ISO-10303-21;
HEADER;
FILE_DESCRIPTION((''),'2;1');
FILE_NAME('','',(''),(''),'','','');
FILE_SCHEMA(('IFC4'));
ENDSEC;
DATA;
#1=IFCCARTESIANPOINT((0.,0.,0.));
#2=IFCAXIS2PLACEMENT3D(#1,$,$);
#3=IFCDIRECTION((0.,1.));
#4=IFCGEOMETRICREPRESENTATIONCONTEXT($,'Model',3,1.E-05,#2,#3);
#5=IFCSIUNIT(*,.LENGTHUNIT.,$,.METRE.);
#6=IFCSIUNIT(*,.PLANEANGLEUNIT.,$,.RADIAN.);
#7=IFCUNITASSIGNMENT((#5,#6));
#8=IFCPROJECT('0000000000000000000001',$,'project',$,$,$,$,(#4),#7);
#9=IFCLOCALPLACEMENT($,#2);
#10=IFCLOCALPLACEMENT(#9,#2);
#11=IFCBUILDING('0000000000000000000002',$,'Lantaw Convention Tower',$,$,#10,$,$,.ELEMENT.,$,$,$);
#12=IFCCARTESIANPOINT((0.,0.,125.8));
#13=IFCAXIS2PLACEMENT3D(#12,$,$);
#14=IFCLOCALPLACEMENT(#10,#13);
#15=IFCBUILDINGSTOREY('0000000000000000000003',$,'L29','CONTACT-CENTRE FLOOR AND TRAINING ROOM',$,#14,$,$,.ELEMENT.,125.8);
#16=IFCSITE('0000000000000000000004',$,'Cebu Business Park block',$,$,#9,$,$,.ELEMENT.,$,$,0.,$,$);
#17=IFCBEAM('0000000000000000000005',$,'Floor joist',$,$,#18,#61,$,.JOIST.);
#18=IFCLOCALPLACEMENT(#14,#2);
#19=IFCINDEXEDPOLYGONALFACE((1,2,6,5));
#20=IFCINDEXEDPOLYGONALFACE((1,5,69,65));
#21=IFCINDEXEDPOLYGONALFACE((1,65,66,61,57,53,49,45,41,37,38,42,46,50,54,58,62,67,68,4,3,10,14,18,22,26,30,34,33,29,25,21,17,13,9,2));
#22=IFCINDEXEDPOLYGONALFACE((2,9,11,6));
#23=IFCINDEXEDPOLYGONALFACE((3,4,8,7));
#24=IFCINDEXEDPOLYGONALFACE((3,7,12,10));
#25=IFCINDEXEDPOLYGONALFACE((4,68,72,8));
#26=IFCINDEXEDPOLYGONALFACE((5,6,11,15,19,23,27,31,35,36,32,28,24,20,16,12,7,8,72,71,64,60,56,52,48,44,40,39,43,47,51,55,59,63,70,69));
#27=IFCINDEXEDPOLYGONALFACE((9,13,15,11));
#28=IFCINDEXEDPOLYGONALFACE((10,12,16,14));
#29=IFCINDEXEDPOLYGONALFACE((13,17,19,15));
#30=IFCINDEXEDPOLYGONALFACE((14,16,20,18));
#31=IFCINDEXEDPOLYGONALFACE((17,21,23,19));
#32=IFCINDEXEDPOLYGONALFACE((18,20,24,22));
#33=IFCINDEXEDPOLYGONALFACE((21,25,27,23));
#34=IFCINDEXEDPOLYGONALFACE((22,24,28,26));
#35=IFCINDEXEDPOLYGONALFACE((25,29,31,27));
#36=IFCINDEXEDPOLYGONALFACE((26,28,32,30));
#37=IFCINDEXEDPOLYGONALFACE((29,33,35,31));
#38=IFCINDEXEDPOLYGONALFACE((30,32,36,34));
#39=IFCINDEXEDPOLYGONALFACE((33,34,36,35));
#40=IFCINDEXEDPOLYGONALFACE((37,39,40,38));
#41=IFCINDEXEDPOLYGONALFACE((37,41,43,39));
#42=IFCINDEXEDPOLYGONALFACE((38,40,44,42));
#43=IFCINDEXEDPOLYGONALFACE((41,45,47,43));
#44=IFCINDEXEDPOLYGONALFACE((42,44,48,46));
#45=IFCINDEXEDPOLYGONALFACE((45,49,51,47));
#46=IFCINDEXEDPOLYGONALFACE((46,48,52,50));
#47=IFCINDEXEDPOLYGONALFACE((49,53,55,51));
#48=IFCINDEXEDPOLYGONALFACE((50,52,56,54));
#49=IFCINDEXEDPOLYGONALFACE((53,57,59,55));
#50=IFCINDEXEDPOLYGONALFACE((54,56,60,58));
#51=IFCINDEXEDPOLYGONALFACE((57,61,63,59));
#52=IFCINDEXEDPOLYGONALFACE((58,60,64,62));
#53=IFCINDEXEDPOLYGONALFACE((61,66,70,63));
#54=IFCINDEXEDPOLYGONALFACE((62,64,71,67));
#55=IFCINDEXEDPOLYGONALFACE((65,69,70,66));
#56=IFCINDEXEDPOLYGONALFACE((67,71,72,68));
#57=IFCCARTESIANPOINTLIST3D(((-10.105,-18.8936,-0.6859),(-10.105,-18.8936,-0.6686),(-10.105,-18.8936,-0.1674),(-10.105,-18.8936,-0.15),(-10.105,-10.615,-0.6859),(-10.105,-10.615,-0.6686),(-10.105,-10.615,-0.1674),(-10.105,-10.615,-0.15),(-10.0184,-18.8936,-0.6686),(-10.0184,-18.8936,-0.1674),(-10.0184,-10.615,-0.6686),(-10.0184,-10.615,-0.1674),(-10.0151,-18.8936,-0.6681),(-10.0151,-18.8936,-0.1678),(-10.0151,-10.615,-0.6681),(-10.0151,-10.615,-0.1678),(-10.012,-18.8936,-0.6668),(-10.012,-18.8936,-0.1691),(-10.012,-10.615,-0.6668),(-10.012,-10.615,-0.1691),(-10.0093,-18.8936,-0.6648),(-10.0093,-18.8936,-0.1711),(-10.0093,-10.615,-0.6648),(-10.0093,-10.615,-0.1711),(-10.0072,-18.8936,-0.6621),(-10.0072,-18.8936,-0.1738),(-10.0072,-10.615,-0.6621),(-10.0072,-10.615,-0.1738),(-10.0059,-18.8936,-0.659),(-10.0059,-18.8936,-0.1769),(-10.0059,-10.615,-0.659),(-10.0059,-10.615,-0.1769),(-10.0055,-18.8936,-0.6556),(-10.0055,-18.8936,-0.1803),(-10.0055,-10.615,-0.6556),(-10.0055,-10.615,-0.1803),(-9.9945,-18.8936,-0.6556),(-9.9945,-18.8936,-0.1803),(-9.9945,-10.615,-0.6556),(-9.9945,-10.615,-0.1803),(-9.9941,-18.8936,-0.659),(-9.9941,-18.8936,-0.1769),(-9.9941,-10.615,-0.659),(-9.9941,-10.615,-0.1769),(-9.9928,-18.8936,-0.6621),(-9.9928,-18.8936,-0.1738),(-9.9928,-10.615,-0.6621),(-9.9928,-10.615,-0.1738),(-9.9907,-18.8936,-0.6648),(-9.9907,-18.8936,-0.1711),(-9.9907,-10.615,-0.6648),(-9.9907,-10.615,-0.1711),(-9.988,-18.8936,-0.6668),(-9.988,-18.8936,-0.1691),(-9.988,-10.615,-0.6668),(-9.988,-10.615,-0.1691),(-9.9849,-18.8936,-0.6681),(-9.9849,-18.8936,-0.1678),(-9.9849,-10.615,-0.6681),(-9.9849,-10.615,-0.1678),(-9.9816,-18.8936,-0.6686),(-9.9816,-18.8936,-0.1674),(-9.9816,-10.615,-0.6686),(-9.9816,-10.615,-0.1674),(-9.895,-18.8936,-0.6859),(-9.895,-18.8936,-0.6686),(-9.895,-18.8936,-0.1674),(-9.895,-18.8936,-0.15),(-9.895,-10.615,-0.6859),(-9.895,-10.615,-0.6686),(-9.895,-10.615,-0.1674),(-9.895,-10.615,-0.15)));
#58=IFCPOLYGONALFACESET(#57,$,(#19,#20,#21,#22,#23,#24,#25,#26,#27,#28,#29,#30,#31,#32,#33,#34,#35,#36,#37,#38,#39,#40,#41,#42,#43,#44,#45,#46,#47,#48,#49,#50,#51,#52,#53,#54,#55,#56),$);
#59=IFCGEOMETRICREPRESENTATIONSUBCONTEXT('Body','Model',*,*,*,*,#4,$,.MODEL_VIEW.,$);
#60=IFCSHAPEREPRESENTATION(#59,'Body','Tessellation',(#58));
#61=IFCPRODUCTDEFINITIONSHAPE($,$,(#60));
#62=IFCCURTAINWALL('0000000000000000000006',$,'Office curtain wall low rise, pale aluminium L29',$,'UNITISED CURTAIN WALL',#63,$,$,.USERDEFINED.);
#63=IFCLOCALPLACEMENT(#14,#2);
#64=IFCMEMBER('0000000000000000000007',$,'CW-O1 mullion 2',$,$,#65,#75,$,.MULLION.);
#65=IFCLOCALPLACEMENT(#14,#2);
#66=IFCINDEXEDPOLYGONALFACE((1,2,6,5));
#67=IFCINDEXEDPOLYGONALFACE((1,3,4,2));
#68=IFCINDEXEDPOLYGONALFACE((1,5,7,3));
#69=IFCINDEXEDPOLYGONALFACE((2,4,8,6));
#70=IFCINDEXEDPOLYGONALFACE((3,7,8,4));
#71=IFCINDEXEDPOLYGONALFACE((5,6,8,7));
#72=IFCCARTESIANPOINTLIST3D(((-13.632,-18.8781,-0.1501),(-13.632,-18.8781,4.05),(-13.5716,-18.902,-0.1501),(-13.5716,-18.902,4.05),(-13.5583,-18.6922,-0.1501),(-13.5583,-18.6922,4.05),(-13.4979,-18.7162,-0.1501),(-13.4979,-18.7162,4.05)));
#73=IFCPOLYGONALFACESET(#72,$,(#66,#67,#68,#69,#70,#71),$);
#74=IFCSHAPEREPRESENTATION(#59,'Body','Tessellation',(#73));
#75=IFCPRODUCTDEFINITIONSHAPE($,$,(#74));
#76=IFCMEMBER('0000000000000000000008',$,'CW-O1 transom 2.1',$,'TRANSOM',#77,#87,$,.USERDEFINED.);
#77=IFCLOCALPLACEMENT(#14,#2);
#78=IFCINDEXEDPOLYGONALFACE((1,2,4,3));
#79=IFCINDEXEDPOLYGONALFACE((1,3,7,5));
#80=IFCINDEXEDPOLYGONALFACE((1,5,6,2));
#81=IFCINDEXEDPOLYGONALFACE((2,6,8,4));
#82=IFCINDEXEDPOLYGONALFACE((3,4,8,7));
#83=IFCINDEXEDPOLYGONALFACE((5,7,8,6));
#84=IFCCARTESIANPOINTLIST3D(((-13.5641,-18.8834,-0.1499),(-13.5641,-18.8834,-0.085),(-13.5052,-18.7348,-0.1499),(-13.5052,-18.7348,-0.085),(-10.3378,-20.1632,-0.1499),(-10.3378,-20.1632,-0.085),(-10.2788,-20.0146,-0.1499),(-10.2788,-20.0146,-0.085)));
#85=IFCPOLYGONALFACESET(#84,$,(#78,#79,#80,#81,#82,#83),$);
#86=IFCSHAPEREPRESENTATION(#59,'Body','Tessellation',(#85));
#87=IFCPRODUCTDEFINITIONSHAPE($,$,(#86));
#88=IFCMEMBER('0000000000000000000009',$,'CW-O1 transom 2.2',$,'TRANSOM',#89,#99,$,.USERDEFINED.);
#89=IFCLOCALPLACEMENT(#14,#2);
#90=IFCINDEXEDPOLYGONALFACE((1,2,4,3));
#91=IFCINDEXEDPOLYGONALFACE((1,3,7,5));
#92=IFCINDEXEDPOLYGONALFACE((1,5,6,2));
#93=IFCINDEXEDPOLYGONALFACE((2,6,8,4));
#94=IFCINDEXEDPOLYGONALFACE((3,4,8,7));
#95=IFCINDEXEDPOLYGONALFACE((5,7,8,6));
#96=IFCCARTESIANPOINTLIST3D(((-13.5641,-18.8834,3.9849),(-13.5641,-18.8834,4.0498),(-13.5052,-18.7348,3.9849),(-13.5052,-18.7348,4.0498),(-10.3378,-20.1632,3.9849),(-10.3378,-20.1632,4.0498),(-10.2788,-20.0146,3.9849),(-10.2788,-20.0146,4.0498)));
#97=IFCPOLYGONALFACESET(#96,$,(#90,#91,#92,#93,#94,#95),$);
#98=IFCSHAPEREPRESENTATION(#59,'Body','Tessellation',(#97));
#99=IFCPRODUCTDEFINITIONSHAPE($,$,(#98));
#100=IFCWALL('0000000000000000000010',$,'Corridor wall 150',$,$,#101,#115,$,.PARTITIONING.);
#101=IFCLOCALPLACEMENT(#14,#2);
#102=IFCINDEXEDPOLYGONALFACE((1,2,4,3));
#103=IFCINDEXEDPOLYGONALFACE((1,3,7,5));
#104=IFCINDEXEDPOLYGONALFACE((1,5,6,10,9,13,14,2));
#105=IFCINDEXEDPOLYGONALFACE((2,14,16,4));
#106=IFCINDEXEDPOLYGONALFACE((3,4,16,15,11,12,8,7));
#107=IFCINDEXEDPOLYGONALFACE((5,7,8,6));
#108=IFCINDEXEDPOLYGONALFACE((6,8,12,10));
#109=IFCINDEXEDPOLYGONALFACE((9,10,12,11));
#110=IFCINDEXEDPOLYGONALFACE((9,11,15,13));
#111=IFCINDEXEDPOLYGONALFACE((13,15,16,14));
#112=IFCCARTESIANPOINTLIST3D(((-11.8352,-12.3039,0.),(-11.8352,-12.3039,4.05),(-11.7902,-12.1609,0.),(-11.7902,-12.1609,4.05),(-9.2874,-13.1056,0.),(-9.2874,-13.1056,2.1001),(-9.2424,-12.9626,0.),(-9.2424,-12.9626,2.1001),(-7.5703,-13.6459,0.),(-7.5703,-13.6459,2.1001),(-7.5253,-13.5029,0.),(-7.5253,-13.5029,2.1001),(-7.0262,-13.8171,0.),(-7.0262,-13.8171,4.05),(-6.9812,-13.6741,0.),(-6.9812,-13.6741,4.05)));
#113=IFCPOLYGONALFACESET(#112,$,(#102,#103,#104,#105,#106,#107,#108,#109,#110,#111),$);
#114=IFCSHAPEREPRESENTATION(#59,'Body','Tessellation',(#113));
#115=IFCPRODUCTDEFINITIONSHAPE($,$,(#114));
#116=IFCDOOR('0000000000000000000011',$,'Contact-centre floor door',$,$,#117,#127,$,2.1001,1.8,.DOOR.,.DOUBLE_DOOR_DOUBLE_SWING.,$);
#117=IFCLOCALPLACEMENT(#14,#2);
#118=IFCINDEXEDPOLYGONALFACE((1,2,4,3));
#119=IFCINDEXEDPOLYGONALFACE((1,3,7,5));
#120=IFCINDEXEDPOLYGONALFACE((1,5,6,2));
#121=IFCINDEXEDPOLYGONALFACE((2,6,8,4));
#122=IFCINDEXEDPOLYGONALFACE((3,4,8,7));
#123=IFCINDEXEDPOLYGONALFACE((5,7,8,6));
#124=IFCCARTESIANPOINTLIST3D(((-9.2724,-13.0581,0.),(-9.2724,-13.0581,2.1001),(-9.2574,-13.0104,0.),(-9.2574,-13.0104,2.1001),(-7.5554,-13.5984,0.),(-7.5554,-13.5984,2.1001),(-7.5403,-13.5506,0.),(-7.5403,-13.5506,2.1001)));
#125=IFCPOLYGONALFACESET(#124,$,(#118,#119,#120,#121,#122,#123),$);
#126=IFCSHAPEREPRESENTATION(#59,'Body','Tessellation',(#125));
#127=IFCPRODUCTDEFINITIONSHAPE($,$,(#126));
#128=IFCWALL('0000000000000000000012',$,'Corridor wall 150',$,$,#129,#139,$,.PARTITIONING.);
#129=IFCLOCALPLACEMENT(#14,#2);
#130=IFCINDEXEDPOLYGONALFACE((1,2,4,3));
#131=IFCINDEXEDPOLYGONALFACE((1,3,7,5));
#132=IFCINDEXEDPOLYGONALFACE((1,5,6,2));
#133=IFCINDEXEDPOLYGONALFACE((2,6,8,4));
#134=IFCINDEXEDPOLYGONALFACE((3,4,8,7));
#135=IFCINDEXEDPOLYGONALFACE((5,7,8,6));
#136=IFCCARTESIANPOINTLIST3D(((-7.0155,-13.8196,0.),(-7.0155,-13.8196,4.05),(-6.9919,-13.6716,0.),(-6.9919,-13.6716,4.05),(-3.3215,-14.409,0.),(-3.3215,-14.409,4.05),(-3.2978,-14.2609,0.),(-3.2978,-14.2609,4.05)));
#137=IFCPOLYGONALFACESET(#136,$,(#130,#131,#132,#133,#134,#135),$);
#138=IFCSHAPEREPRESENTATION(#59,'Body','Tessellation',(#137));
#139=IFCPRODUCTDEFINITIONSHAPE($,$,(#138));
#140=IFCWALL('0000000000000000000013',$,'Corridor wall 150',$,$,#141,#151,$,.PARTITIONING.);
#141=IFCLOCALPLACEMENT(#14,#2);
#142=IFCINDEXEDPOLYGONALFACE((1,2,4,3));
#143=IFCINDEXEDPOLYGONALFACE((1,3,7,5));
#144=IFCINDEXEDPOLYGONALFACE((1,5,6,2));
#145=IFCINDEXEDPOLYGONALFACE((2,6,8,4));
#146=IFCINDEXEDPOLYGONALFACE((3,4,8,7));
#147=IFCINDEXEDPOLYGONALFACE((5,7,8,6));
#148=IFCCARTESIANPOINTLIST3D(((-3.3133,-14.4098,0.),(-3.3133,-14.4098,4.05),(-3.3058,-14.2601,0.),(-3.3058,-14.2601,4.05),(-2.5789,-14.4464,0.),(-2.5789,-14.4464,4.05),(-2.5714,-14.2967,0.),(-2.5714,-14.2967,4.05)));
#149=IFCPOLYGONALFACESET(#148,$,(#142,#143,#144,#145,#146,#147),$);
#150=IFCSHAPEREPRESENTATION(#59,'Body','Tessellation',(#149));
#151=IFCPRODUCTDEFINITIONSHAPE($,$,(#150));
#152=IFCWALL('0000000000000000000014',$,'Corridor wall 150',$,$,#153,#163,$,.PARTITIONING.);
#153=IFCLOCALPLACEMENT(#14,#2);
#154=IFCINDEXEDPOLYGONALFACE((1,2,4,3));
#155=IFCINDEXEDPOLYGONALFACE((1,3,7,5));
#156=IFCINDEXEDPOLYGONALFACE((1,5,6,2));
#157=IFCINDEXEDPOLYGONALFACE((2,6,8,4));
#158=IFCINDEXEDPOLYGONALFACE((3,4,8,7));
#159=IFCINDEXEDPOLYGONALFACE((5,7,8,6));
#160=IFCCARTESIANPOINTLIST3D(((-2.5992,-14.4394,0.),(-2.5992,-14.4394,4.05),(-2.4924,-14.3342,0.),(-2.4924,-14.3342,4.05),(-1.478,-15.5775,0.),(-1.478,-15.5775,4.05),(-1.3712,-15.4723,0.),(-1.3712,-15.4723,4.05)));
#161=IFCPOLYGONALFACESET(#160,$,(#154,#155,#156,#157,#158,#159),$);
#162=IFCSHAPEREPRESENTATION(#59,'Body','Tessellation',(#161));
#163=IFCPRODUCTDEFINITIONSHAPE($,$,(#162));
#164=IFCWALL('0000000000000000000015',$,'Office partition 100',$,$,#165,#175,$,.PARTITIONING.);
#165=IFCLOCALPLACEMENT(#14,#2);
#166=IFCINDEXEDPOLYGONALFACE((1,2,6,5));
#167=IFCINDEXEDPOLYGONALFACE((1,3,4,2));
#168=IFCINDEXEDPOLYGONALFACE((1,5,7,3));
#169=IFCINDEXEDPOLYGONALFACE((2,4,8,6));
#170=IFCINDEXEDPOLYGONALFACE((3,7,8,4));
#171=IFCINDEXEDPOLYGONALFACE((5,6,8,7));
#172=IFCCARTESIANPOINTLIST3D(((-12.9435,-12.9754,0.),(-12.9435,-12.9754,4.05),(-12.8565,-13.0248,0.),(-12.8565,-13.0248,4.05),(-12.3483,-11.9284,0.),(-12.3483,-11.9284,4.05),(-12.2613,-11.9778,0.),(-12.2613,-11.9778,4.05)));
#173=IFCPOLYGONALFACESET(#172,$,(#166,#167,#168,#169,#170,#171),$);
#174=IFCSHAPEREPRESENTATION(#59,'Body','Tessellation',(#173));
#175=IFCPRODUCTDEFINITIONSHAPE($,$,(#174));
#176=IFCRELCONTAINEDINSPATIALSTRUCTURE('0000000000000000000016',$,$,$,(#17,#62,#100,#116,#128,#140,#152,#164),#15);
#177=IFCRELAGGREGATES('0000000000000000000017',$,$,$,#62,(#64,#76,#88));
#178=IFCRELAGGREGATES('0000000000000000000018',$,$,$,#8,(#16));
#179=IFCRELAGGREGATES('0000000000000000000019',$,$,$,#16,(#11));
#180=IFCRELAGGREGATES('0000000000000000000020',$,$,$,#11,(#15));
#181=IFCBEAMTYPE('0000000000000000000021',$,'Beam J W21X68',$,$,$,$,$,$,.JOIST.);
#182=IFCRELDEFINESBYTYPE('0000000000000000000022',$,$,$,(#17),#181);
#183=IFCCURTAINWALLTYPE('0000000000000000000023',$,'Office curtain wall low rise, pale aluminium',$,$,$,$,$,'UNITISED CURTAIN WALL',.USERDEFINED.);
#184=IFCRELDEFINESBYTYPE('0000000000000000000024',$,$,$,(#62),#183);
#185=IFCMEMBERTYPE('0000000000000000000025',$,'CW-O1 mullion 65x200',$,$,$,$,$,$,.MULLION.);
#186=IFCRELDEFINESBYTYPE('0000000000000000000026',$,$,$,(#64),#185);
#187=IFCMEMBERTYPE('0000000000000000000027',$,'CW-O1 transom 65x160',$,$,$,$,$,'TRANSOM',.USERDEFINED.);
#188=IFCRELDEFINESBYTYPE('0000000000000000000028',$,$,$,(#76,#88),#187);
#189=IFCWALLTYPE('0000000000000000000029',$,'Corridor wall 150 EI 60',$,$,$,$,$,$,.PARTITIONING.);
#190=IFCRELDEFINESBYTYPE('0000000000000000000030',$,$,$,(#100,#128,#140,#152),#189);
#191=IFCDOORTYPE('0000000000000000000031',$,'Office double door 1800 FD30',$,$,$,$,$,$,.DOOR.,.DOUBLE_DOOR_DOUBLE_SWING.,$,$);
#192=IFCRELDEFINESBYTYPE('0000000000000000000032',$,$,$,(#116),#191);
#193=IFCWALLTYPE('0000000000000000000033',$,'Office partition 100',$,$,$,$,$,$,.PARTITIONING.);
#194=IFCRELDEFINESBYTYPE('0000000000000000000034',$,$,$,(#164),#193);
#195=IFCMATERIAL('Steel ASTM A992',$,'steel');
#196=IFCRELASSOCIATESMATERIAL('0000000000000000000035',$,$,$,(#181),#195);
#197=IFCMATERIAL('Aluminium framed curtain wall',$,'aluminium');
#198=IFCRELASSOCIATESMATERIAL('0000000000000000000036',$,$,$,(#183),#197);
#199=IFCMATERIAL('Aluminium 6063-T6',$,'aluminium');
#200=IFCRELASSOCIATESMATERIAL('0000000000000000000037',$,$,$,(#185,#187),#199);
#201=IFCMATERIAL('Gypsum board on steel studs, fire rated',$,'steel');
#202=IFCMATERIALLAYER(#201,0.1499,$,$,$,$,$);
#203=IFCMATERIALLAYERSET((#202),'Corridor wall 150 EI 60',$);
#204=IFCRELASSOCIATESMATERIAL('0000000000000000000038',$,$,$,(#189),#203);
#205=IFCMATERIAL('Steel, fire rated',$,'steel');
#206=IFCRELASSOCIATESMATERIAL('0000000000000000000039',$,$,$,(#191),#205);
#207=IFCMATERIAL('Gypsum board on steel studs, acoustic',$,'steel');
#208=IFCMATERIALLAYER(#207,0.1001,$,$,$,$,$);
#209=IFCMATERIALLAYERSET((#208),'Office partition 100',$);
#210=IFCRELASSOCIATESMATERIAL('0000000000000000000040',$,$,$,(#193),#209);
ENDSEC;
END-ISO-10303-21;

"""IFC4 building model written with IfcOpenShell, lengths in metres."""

from ifc_helpers import new_model, si_unit, direction, frame, frame_2d, origin, origin_2d, place, context, subcontext, project, spatial, rectangle, i_section, extrude, material, layer, layer_set, material_profile, profile_set, type_object, element, fill, aggregate, save


model = new_model("IFC4")

# Units and contexts
model_context = context("Model", 3, precision=1e-05, world=origin(), true_north=direction((0.0, 1.0)))
body_context = subcontext(model_context, "Body", "Model", "MODEL_VIEW")
ifc_project = project(units=[si_unit("LENGTHUNIT", "METRE"), si_unit("PLANEANGLEUNIT", "RADIAN")], contexts=[model_context])

# Site, building, storey
site_placement = place(None, origin())
site = spatial("IfcSite", under=ifc_project, at=site_placement, Name="Cebu Business Park block", CompositionType="ELEMENT", RefElevation=0.0)
building_placement = place(site_placement, origin())
building = spatial("IfcBuilding", under=site, at=building_placement, Name="Lantaw Convention Tower", CompositionType="ELEMENT")
storey_placement = place(building_placement, frame((0.0, 0.0, 125.8)))
storey = spatial("IfcBuildingStorey", under=building, at=storey_placement, Name="L29", Description="CONTACT-CENTRE FLOOR AND TRAINING ROOM", CompositionType="ELEMENT", Elevation=125.8)

# Beam
ifc_material_1 = material(Name="Steel ASTM A992", Category="steel")
ifc_material_profile_1 = material_profile(ifc_material_1, i_section(OverallWidth=0.21, OverallDepth=0.5359, WebThickness=0.011, FlangeThickness=0.0173, FilletRadius=0.0129, at=origin_2d()), Name="W21X68")
ifc_profile_set_1 = profile_set([ifc_material_profile_1], Name="Steel ASTM A992")
beam_type_1 = type_object("IfcBeamType", Name="Beam J W21X68", PredefinedType="JOIST", material=ifc_profile_set_1)
beam_1_placement = place(storey_placement, frame((-10.0, -18.8936, -0.418), z_axis=(0.0, 1.0, 0.0), x_axis=(-1.0, 0.0, 0.0)))
element("IfcBeam", 1, at=beam_1_placement, inside=storey, type_object=beam_type_1, Name="Floor joist", PredefinedType="JOIST", context=body_context, shape_type="SweptSolid", body=[
    extrude(i_section(OverallWidth=0.21, OverallDepth=0.5359, WebThickness=0.011, FlangeThickness=0.0173, FilletRadius=0.0129, at=origin_2d()), origin(), (0.0, 0.0, 1.0), 8.2786),
])

# Curtain wall, members
ifc_material_2 = material(Name="Aluminium framed curtain wall", Category="aluminium")
curtain_wall_type = type_object("IfcCurtainWallType", Name="Office curtain wall low rise, pale aluminium", ElementType="UNITISED CURTAIN WALL", PredefinedType="USERDEFINED", material=ifc_material_2)
curtain_wall_placement = place(storey_placement, origin())
curtain_wall = element("IfcCurtainWall", 2, at=curtain_wall_placement, inside=storey, type_object=curtain_wall_type, Name="Office curtain wall low rise, pale aluminium L29", ObjectType="UNITISED CURTAIN WALL", PredefinedType="USERDEFINED")
ifc_material_3 = material(Name="Aluminium 6063-T6", Category="aluminium")
ifc_material_profile_2 = material_profile(ifc_material_3, rectangle(XDim=0.2, YDim=0.0649, at=origin_2d()), Name="CW-O1 mullion 65x200")
ifc_profile_set_2 = profile_set([ifc_material_profile_2], Name="Aluminium 6063-T6")
member_type_1 = type_object("IfcMemberType", Name="CW-O1 mullion 65x200", PredefinedType="MULLION", material=ifc_profile_set_2)
member_1_placement = place(storey_placement, frame((-13.5649, -18.7971, -0.1501), z_axis=(0.0, 0.0, 1.0), x_axis=(0.368702, 0.929548, 0.0)))
member_1 = element("IfcMember", 3, at=member_1_placement, type_object=member_type_1, Name="CW-O1 mullion 2", PredefinedType="MULLION", context=body_context, shape_type="SweptSolid", body=[
    extrude(rectangle(XDim=0.2, YDim=0.0649, at=origin_2d()), origin(), (0.0, 0.0, 1.0), 4.2002),
])
ifc_material_profile_3 = material_profile(ifc_material_3, rectangle(XDim=0.1599, YDim=0.0649, at=origin_2d()), Name="CW-O1 transom 65x160")
ifc_profile_set_3 = profile_set([ifc_material_profile_3], Name="Aluminium 6063-T6")
member_type_2 = type_object("IfcMemberType", Name="CW-O1 transom 65x160", ElementType="TRANSOM", PredefinedType="USERDEFINED", material=ifc_profile_set_3)
member_2_placement = place(storey_placement, frame((-13.5347, -18.8091, -0.1174), z_axis=(0.92954, -0.368721, 0.0), x_axis=(0.368721, 0.92954, 0.0)))
member_2 = element("IfcMember", 4, at=member_2_placement, type_object=member_type_2, Name="CW-O1 transom 2.1", ObjectType="TRANSOM", PredefinedType="USERDEFINED", context=body_context, shape_type="SweptSolid", body=[
    extrude(rectangle(XDim=0.1599, YDim=0.0649, at=origin_2d()), origin(), (0.0, 0.0, 1.0), 3.4709),
])
member_3_placement = place(storey_placement, frame((-13.5347, -18.8091, 4.0173), z_axis=(0.92954, -0.368721, 0.0), x_axis=(0.368721, 0.92954, 0.0)))
member_3 = element("IfcMember", 5, at=member_3_placement, type_object=member_type_2, Name="CW-O1 transom 2.2", ObjectType="TRANSOM", PredefinedType="USERDEFINED", context=body_context, shape_type="SweptSolid", body=[
    extrude(rectangle(XDim=0.1599, YDim=0.0649, at=origin_2d()), origin(), (0.0, 0.0, 1.0), 3.4709),
])
aggregate(curtain_wall, [member_1, member_2, member_3])

# Wall, opening, door
ifc_material_4 = material(Name="Gypsum board on steel studs, fire rated", Category="steel")
ifc_layer_1 = layer(ifc_material_4, 0.1499)
ifc_layer_set_1 = layer_set([ifc_layer_1], Name="Corridor wall 150 EI 60")
wall_type_1 = type_object("IfcWallType", Name="Corridor wall 150 EI 60", PredefinedType="PARTITIONING", material=ifc_layer_set_1)
wall_1_placement = place(storey_placement, frame((-11.8127, -12.2324, 0.0), z_axis=(0.0, 0.0, 1.0), x_axis=(0.953894, -0.300144, 0.0)))
wall_1 = element("IfcWall", 6, at=wall_1_placement, inside=storey, type_object=wall_type_1, Name="Corridor wall 150", PredefinedType="PARTITIONING", context=body_context, shape_type="SweptSolid", body=[
    extrude(rectangle(XDim=5.0415, YDim=0.1499, at=frame_2d((2.5208, 0.0))), origin(), (0.0, 0.0, 1.0), 4.05),
])
opening_1_placement = place(wall_1_placement, frame((2.6711, 0.0, 0.0)))
opening_1 = element("IfcOpeningElement", 7, at=opening_1_placement, cuts=wall_1, PredefinedType="OPENING", context=body_context, shape_type="SweptSolid", body=[
    extrude(rectangle(XDim=1.8, YDim=2.1001, at=frame_2d((0.8999, 1.05))), frame((0.0, 0.085, 0.0), z_axis=(0.0, -1.0, 0.0), x_axis=(1.0, 0.0, 0.0)), (0.0, 0.0, 1.0), 0.1699),
])
ifc_material_5 = material(Name="Steel, fire rated", Category="steel")
door_type_1 = type_object("IfcDoorType", Name="Office double door 1800 FD30", OperationType="DOUBLE_DOOR_DOUBLE_SWING", PredefinedType="DOOR", material=ifc_material_5)
door_1_placement = place(opening_1_placement, origin())
door_1 = element("IfcDoor", 8, at=door_1_placement, inside=storey, type_object=door_type_1, Name="Contact-centre floor door", OperationType="DOUBLE_DOOR_DOUBLE_SWING", OverallHeight=2.1001, OverallWidth=1.8, PredefinedType="DOOR", context=body_context, shape_type="SweptSolid", body=[
    extrude(rectangle(XDim=1.8, YDim=2.1001, at=frame_2d((0.8999, 1.05))), frame((0.0, 0.0249, 0.0), z_axis=(0.0, -1.0, 0.0), x_axis=(1.0, 0.0, 0.0)), (0.0, 0.0, 1.0), 0.05),
])
fill(opening_1, door_1)

# Walls
wall_2_placement = place(storey_placement, frame((-7.0037, -13.7456, 0.0), z_axis=(0.0, 0.0, 1.0), x_axis=(0.987511, -0.157548, 0.0)))
element("IfcWall", 9, at=wall_2_placement, inside=storey, type_object=wall_type_1, Name="Corridor wall 150", PredefinedType="PARTITIONING", context=body_context, shape_type="SweptSolid", body=[
    extrude(rectangle(XDim=3.7407, YDim=0.1499, at=frame_2d((1.8704, 0.0))), origin(), (0.0, 0.0, 1.0), 4.05),
])
wall_3_placement = place(storey_placement, frame((-3.3096, -14.335, 0.0), z_axis=(0.0, 0.0, 1.0), x_axis=(0.998759, -0.049805, 0.0)))
element("IfcWall", 10, at=wall_3_placement, inside=storey, type_object=wall_type_1, Name="Corridor wall 150", PredefinedType="PARTITIONING", context=body_context, shape_type="SweptSolid", body=[
    extrude(rectangle(XDim=0.7354, YDim=0.1499, at=frame_2d((0.3677, 0.0))), origin(), (0.0, 0.0, 1.0), 4.05),
])
wall_4_placement = place(storey_placement, frame((-1.4246, -15.5249, 0.0), z_axis=(0.0, 0.0, 1.0), x_axis=(-0.701815, 0.712359, 0.0)))
element("IfcWall", 11, at=wall_4_placement, inside=storey, type_object=wall_type_1, Name="Corridor wall 150", PredefinedType="PARTITIONING", context=body_context, shape_type="SweptSolid", body=[
    extrude(rectangle(XDim=1.5977, YDim=0.1499, at=frame_2d((0.7988, 0.0))), origin(), (0.0, 0.0, 1.0), 4.05),
])
ifc_material_6 = material(Name="Gypsum board on steel studs, acoustic", Category="steel")
ifc_layer_2 = layer(ifc_material_6, 0.1001)
ifc_layer_set_2 = layer_set([ifc_layer_2], Name="Office partition 100")
wall_type_2 = type_object("IfcWallType", Name="Office partition 100", PredefinedType="PARTITIONING", material=ifc_layer_set_2)
wall_5_placement = place(storey_placement, frame((-12.8999, -13.0, 0.0), z_axis=(0.0, 0.0, 1.0), x_axis=(0.494173, 0.869364, 0.0)))
element("IfcWall", 12, at=wall_5_placement, inside=storey, type_object=wall_type_2, Name="Office partition 100", PredefinedType="PARTITIONING", context=body_context, shape_type="SweptSolid", body=[
    extrude(rectangle(XDim=1.2043, YDim=0.1001, at=frame_2d((0.6021, 0.0))), origin(), (0.0, 0.0, 1.0), 4.05),
])

save(model, "model.ifc")
